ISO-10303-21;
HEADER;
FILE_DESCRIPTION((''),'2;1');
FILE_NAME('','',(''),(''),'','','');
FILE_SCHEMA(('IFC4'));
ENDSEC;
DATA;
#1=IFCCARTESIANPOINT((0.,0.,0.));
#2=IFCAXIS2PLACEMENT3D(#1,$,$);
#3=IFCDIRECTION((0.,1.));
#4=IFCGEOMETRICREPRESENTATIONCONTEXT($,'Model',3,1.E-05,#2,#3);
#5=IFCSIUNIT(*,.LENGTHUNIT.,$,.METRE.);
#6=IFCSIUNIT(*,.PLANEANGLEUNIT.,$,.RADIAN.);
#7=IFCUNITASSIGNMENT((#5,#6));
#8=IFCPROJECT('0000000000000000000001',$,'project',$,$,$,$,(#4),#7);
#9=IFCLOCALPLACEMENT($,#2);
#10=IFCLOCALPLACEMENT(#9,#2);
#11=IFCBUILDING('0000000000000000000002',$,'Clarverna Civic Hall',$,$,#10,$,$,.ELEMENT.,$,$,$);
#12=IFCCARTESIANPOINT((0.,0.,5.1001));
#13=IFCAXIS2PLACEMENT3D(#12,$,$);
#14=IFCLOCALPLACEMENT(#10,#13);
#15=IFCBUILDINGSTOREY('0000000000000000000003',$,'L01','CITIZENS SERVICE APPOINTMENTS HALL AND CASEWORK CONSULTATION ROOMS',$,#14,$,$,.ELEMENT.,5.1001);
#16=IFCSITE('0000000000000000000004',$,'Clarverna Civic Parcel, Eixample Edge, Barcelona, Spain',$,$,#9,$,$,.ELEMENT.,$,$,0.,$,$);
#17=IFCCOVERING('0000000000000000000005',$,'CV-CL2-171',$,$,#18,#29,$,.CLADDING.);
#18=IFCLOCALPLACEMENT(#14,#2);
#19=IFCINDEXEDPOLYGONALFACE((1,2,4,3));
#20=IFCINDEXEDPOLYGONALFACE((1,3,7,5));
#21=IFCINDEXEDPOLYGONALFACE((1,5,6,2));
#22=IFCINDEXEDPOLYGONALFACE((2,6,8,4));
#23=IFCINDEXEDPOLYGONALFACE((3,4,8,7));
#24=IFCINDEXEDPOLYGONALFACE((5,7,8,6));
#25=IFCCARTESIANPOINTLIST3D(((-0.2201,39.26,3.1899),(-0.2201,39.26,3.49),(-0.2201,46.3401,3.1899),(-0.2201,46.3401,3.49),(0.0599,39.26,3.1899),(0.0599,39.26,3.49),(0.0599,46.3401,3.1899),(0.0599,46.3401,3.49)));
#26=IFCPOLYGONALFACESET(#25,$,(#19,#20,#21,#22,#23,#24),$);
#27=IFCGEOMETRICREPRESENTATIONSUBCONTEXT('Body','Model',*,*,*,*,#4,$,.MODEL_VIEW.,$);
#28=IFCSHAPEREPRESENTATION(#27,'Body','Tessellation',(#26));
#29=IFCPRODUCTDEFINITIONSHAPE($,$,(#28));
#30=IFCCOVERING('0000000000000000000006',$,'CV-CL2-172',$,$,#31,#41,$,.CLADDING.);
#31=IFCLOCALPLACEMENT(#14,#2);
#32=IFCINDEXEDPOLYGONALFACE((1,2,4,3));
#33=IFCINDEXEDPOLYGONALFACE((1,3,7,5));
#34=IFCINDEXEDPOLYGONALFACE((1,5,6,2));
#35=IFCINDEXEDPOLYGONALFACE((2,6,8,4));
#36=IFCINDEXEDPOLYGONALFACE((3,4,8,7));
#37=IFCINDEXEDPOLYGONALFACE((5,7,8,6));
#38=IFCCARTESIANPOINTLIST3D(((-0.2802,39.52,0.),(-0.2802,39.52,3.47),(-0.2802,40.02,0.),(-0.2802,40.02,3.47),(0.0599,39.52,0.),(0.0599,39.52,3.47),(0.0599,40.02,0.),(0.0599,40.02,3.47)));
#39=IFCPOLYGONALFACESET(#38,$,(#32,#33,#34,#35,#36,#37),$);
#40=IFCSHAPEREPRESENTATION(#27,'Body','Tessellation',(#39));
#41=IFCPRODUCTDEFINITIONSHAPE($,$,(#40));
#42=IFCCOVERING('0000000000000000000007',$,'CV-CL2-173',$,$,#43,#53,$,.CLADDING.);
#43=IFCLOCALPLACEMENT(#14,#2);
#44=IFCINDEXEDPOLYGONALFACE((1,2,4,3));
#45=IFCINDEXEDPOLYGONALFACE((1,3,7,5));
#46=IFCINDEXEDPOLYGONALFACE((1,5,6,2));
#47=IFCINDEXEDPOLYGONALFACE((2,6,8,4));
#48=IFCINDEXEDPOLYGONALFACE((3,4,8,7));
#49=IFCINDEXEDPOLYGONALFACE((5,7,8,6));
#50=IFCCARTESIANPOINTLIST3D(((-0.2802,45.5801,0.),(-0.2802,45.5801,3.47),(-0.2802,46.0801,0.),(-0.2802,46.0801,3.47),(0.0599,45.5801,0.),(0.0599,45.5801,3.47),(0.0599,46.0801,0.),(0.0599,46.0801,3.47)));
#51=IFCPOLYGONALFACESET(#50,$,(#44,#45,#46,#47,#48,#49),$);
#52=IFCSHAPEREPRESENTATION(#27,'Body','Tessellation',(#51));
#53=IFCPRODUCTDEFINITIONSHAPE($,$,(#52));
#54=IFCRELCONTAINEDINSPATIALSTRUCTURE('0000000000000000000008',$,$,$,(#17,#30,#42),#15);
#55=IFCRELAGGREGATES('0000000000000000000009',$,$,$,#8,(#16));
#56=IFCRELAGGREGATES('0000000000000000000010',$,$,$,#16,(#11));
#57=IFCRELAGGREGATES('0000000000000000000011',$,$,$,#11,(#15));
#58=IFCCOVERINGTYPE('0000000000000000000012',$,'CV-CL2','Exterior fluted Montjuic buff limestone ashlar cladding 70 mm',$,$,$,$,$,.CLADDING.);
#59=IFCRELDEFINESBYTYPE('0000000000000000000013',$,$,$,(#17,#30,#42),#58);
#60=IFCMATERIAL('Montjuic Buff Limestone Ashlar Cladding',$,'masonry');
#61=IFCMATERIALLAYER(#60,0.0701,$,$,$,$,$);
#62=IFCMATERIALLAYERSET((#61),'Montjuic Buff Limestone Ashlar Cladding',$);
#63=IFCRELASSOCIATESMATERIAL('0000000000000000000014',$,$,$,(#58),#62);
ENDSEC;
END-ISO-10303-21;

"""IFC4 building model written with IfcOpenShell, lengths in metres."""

from ifc_helpers import new_model, si_unit, direction, frame, frame_2d, origin, place, context, subcontext, project, spatial, rectangle, extrude, material, layer, layer_set, type_object, element, save


model = new_model("IFC4")

# Units and contexts
model_context = context("Model", 3, precision=1e-05, world=origin(), true_north=direction((0.0, 1.0)))
body_context = subcontext(model_context, "Body", "Model", "MODEL_VIEW")
ifc_project = project(units=[si_unit("LENGTHUNIT", "METRE"), si_unit("PLANEANGLEUNIT", "RADIAN")], contexts=[model_context])

# Site, building, storey
site_placement = place(None, origin())
site = spatial("IfcSite", under=ifc_project, at=site_placement, Name="Clarverna Civic Parcel, Eixample Edge, Barcelona, Spain", CompositionType="ELEMENT", RefElevation=0.0)
building_placement = place(site_placement, origin())
building = spatial("IfcBuilding", under=site, at=building_placement, Name="Clarverna Civic Hall", CompositionType="ELEMENT")
storey_placement = place(building_placement, frame((0.0, 0.0, 5.1001)))
storey = spatial("IfcBuildingStorey", under=building, at=storey_placement, Name="L01", Description="CITIZENS SERVICE APPOINTMENTS HALL AND CASEWORK CONSULTATION ROOMS", CompositionType="ELEMENT", Elevation=5.1001)

# Coverings
ifc_material_1 = material(Name="Montjuic Buff Limestone Ashlar Cladding", Category="masonry")
ifc_layer_1 = layer(ifc_material_1, 0.0701)
ifc_layer_set_1 = layer_set([ifc_layer_1], Name="Montjuic Buff Limestone Ashlar Cladding")
covering_type = type_object("IfcCoveringType", Name="CV-CL2", Description="Exterior fluted Montjuic buff limestone ashlar cladding 70 mm", PredefinedType="CLADDING", material=ifc_layer_set_1)
covering_placement = place(storey_placement, frame((-0.0801, 39.26, 3.1899), z_axis=(0.0, 0.0, 1.0), x_axis=(0.0, 1.0, 0.0)))
element("IfcCovering", 1, at=covering_placement, inside=storey, type_object=covering_type, Name="CV-CL2-171", PredefinedType="CLADDING", context=body_context, shape_type="SweptSolid", body=[
    extrude(rectangle(XDim=7.0801, YDim=0.28, at=frame_2d((3.54, 0.0))), origin(), (0.0, 0.0, 1.0), 0.3),
])
for number, where, z_axis, x_axis, name in (
    (2, (-0.1101, 39.52, 0.0), (0.0, 0.0, 1.0), (0.0, 1.0, 0.0), "CV-CL2-172"),
    (3, (-0.1101, 45.5801, 0.0), (0.0, 0.0, 1.0), (0.0, 1.0, 0.0), "CV-CL2-173"),
):
    element("IfcCovering", number, at=place(storey_placement, frame(where, z_axis=z_axis, x_axis=x_axis)), inside=storey, type_object=covering_type, Name=name, PredefinedType="CLADDING", context=body_context, shape_type="SweptSolid", body=[
        extrude(rectangle(XDim=0.5, YDim=0.3401, at=frame_2d((0.25, 0.0))), origin(), (0.0, 0.0, 1.0), 3.47),
    ])

save(model, "model.ifc")
